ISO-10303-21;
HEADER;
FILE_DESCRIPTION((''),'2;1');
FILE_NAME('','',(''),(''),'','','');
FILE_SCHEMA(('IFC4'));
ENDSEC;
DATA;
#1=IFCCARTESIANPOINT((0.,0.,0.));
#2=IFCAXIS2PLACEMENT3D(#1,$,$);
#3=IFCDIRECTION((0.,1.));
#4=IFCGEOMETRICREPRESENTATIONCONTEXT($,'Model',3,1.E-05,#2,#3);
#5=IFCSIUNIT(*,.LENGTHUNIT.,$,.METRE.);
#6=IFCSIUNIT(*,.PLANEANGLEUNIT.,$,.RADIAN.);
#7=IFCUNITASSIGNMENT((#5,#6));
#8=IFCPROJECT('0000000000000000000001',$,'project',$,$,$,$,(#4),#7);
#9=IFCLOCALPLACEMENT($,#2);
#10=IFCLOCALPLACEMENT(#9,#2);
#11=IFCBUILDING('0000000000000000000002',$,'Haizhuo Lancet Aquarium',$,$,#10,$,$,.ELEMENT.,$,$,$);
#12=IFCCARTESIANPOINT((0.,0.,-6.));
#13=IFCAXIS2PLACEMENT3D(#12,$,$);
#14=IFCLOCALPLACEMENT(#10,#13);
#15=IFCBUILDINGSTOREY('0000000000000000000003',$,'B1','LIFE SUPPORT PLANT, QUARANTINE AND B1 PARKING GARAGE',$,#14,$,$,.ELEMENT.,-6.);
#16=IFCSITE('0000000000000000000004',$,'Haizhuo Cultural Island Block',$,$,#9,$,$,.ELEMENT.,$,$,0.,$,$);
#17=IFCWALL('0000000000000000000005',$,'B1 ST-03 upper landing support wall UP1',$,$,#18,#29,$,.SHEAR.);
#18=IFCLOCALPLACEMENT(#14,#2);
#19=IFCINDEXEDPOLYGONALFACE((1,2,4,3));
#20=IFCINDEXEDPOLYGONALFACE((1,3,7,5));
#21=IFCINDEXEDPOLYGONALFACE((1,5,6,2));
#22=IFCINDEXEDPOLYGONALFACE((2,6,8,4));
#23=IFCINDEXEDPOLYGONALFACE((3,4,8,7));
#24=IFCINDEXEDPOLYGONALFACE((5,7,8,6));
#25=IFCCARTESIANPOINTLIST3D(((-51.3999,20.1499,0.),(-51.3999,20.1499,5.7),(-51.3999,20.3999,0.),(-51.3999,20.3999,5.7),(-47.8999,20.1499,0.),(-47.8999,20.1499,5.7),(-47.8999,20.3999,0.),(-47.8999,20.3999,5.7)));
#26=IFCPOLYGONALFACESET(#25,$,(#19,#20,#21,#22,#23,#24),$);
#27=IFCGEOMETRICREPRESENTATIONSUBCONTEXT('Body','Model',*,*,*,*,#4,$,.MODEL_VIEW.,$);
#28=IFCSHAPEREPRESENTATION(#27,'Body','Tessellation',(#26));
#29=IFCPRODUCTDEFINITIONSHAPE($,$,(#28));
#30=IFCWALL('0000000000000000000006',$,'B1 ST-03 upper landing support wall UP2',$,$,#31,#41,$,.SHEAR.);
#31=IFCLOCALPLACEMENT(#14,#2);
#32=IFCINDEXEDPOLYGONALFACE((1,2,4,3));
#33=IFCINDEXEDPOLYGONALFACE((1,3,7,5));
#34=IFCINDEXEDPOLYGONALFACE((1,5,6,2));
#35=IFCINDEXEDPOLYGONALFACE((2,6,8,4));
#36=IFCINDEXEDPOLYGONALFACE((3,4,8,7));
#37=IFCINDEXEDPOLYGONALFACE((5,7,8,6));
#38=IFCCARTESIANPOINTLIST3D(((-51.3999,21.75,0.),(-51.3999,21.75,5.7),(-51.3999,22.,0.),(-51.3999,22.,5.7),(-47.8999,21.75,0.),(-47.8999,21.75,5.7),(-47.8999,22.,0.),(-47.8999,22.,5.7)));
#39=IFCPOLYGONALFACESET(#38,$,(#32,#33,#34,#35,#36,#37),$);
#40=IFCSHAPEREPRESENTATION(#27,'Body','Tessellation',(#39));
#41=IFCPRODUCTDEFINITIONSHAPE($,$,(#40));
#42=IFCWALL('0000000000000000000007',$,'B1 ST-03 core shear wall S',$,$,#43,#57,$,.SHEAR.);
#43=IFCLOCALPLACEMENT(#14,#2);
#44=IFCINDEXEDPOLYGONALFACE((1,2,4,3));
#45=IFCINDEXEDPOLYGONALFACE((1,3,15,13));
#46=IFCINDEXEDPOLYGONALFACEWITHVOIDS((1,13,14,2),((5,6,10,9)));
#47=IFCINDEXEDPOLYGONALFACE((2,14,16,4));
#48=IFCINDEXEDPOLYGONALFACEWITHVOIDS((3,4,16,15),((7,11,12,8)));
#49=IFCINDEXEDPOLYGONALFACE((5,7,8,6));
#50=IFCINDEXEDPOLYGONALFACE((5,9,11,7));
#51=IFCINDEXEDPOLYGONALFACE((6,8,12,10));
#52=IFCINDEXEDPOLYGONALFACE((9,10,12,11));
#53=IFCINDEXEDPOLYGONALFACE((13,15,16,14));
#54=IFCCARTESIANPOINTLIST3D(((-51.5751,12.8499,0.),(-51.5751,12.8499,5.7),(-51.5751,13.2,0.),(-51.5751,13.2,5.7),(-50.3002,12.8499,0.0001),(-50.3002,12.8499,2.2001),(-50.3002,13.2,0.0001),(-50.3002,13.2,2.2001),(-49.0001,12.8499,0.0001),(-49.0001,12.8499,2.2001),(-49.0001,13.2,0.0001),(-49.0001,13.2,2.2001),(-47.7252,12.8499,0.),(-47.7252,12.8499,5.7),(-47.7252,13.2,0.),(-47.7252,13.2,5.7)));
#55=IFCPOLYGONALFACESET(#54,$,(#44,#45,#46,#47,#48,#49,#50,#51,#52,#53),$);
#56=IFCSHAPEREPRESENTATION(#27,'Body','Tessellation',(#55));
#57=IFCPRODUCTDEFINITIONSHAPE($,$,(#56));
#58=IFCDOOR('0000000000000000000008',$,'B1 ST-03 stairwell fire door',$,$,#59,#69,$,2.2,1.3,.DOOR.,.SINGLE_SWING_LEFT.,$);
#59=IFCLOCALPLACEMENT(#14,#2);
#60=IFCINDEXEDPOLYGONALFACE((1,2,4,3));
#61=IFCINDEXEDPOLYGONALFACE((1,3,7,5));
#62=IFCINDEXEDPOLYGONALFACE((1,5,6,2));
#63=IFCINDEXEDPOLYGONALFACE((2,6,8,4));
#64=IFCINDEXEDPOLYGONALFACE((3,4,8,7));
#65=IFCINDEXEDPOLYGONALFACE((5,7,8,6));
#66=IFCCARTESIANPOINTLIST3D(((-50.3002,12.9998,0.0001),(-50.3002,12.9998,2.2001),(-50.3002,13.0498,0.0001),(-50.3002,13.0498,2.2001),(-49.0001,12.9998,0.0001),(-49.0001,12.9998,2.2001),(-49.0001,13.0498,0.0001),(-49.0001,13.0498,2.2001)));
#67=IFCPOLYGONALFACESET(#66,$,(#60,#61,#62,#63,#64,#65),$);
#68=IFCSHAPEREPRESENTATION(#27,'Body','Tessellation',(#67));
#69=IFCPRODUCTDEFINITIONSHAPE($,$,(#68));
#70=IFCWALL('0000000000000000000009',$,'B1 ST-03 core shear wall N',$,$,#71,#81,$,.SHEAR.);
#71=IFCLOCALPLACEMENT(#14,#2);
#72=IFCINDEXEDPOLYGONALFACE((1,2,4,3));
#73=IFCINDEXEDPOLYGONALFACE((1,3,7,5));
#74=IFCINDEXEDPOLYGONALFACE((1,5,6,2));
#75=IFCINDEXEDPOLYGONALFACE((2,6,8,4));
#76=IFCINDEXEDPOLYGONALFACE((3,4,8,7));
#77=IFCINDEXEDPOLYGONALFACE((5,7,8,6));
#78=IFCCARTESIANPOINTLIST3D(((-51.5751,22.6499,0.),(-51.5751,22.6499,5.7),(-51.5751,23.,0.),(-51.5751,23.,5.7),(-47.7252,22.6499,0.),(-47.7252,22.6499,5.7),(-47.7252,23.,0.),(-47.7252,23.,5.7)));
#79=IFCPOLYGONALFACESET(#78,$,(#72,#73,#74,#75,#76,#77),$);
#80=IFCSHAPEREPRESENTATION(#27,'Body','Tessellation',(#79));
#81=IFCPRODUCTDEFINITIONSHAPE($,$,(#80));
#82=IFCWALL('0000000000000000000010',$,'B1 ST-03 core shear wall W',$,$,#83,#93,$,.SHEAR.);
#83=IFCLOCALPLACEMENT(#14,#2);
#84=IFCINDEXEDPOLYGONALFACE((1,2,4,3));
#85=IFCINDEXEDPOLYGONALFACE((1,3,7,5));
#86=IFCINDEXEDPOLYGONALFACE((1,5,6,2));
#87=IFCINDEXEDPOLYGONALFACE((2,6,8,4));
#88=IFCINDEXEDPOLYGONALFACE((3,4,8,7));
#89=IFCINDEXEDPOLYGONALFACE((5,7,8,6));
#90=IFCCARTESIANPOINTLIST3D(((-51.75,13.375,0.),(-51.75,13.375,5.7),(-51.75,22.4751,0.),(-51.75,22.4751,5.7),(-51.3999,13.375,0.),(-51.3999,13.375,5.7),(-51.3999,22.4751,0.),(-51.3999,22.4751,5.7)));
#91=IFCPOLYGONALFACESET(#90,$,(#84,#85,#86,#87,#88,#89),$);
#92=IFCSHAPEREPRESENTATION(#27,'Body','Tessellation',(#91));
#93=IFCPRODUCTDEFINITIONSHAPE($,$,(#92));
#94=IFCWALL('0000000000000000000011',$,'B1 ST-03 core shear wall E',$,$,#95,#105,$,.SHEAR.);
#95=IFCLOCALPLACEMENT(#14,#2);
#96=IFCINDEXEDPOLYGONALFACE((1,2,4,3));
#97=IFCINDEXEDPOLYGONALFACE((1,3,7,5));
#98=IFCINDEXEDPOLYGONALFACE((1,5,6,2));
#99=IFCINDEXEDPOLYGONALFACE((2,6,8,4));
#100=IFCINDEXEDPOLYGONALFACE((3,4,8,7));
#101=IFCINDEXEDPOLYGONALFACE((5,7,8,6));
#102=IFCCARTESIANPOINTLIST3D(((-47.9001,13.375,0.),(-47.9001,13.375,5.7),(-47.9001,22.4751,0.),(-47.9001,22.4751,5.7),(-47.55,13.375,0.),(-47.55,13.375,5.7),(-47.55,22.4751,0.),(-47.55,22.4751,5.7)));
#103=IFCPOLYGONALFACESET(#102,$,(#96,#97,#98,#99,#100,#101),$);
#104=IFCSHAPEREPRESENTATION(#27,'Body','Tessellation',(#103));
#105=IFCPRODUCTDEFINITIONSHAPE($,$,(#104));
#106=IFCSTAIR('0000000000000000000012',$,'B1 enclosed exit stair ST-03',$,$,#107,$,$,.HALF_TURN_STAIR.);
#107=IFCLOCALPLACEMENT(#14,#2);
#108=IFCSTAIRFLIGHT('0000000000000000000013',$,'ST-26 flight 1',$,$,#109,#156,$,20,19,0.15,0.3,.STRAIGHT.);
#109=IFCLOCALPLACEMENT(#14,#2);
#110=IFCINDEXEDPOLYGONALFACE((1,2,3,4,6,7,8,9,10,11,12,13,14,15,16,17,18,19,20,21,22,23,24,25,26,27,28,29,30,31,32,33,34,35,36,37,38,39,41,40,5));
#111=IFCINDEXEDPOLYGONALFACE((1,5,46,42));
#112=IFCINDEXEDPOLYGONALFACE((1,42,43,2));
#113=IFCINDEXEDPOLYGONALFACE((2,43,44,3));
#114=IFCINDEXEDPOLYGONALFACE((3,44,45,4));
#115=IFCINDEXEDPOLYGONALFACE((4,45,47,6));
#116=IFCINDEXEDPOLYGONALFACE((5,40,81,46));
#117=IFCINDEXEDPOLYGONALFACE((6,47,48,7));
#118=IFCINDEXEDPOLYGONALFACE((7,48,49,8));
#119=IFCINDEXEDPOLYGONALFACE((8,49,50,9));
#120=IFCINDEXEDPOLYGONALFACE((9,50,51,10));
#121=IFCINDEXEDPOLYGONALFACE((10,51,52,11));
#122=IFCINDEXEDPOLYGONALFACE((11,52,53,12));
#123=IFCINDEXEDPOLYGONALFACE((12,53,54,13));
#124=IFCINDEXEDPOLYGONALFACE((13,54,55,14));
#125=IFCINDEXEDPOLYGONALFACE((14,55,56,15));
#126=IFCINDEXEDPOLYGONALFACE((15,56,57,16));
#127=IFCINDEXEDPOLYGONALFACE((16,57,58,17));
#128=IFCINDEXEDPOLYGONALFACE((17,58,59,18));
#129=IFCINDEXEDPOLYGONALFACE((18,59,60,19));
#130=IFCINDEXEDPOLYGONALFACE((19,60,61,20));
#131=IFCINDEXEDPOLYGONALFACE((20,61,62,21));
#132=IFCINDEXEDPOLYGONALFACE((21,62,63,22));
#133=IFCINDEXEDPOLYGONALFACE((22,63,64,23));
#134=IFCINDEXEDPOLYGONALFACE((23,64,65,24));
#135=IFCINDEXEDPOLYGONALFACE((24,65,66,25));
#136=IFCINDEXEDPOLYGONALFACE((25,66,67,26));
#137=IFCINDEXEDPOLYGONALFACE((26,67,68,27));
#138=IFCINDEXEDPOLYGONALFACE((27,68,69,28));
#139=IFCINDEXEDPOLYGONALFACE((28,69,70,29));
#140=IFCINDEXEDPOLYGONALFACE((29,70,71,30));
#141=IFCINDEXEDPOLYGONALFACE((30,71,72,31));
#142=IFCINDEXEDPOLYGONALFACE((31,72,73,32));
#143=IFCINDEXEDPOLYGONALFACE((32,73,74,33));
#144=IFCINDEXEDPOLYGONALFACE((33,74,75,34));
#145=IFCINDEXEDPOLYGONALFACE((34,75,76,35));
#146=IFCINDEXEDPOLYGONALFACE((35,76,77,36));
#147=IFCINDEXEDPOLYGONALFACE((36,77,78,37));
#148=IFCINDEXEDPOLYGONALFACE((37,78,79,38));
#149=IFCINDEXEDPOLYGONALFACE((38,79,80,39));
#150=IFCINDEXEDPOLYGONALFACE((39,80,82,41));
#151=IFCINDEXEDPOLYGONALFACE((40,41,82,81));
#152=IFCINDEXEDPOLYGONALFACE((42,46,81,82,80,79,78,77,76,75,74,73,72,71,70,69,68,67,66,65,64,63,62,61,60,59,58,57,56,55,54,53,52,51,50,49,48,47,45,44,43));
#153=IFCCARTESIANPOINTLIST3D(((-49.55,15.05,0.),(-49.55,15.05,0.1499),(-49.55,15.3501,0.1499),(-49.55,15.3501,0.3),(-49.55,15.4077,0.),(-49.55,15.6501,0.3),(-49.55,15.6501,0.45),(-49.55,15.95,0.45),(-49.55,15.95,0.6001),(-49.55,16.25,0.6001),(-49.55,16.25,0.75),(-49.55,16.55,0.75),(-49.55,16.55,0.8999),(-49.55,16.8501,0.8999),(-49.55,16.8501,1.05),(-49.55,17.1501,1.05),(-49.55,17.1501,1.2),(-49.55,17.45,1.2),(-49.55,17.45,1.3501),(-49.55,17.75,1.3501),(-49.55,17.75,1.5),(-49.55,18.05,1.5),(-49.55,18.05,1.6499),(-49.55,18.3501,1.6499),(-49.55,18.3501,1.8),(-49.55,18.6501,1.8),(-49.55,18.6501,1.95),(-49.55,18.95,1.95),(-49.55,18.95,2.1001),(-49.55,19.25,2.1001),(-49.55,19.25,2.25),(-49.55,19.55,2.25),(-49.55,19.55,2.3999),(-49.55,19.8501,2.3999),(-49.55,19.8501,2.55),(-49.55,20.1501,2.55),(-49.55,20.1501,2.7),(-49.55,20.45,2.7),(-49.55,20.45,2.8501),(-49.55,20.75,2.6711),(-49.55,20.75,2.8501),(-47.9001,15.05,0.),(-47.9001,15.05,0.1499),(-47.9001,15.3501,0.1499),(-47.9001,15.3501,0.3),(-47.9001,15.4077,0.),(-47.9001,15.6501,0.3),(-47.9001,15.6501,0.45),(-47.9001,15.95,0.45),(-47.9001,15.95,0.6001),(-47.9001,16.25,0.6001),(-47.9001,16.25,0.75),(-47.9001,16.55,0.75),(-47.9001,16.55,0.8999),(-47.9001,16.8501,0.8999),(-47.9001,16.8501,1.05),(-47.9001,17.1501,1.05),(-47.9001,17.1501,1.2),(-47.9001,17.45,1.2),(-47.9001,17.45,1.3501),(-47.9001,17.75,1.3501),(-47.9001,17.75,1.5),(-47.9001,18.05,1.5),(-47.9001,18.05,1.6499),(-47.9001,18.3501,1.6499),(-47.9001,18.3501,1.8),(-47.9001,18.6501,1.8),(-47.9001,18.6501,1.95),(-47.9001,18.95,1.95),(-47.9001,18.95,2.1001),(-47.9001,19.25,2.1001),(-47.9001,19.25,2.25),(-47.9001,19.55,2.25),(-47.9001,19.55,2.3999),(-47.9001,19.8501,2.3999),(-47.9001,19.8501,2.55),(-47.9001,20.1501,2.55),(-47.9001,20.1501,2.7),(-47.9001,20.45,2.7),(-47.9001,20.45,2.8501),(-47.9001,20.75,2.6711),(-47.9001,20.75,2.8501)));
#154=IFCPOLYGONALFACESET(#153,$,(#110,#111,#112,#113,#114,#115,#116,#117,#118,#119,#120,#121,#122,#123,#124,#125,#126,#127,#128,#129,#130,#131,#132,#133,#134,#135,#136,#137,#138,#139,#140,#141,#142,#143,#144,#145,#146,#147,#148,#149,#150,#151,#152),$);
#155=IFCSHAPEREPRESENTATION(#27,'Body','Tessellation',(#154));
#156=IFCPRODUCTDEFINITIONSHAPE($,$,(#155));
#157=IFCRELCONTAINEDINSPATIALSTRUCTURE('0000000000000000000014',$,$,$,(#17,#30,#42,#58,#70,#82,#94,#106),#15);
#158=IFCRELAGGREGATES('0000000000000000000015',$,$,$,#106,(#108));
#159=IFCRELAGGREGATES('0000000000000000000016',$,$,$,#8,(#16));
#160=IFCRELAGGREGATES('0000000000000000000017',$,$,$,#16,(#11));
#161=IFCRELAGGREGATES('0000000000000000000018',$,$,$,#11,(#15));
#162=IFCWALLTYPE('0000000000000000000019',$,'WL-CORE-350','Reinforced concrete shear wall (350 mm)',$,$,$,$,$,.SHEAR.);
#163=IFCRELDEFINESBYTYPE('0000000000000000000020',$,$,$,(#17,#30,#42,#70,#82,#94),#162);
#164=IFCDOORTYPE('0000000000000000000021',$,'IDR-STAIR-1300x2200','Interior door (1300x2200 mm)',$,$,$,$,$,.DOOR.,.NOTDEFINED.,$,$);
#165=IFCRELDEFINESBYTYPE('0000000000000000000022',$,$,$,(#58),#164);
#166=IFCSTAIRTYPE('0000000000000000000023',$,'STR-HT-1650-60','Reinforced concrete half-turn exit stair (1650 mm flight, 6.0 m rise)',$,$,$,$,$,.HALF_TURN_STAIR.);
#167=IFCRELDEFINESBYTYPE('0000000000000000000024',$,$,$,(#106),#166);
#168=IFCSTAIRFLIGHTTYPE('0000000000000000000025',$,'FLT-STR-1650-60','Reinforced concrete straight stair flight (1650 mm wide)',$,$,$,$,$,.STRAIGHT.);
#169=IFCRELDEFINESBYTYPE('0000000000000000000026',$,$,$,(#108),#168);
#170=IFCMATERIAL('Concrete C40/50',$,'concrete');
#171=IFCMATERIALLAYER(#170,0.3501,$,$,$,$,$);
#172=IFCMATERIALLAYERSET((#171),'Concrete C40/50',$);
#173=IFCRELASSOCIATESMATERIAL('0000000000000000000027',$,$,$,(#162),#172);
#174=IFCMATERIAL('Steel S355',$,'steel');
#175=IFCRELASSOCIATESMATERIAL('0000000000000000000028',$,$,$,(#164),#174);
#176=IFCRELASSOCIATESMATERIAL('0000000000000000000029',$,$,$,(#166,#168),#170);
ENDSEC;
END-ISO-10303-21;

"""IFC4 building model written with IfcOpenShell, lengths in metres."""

from ifc_helpers import new_model, si_unit, direction, frame, frame_2d, origin, place, context, subcontext, project, spatial, polyline, rectangle, outline, extrude, material, layer, layer_set, type_object, element, fill, aggregate, save


model = new_model("IFC4")

# Units and contexts
model_context = context("Model", 3, precision=1e-05, world=origin(), true_north=direction((0.0, 1.0)))
body_context = subcontext(model_context, "Body", "Model", "MODEL_VIEW")
ifc_project = project(units=[si_unit("LENGTHUNIT", "METRE"), si_unit("PLANEANGLEUNIT", "RADIAN")], contexts=[model_context])

# Site, building, storey
site_placement = place(None, origin())
site = spatial("IfcSite", under=ifc_project, at=site_placement, Name="Haizhuo Cultural Island Block", CompositionType="ELEMENT", RefElevation=0.0)
building_placement = place(site_placement, origin())
building = spatial("IfcBuilding", under=site, at=building_placement, Name="Haizhuo Lancet Aquarium", CompositionType="ELEMENT")
storey_placement = place(building_placement, frame((0.0, 0.0, -6.0)))
storey = spatial("IfcBuildingStorey", under=building, at=storey_placement, Name="B1", Description="LIFE SUPPORT PLANT, QUARANTINE AND B1 PARKING GARAGE", CompositionType="ELEMENT", Elevation=-6.0)

# Shared definitions
ifc_material_1 = material(Name="Concrete C40/50", Category="concrete")

# Shared definitions
ifc_material_2 = material(Name="Steel S355", Category="steel")

# Walls
ifc_layer_1 = layer(ifc_material_1, 0.3501)
ifc_layer_set_1 = layer_set([ifc_layer_1], Name="Concrete C40/50")
wall_type_1 = type_object("IfcWallType", Name="WL-CORE-350", Description="Reinforced concrete shear wall (350 mm)", PredefinedType="SHEAR", material=ifc_layer_set_1)
for number, where, z_axis, x_axis, name in (
    (1, (-51.3999, 20.2749, 0.0), (0.0, 0.0, 1.0), (1.0, 0.0, 0.0), "B1 ST-03 upper landing support wall UP1"),
    (2, (-51.3999, 21.875, 0.0), (0.0, 0.0, 1.0), (1.0, 0.0, 0.0), "B1 ST-03 upper landing support wall UP2"),
):
    element("IfcWall", number, at=place(storey_placement, frame(where, z_axis=z_axis, x_axis=x_axis)), inside=storey, type_object=wall_type_1, Name=name, PredefinedType="SHEAR", context=body_context, shape_type="SweptSolid", body=[
        extrude(rectangle(XDim=3.5, YDim=0.25, at=frame_2d((1.75, 0.0))), origin(), (0.0, 0.0, 1.0), 5.7),
    ])

# Wall, opening, door
wall_1_placement = place(storey_placement, frame((-51.575, 13.0249, 0.0), z_axis=(0.0, 0.0, 1.0), x_axis=(1.0, 0.0, 0.0)))
wall_1 = element("IfcWall", 3, at=wall_1_placement, inside=storey, type_object=wall_type_1, Name="B1 ST-03 core shear wall S", PredefinedType="SHEAR", context=body_context, shape_type="SweptSolid", body=[
    extrude(rectangle(XDim=3.8499, YDim=0.3501, at=frame_2d((1.9248, 0.0))), origin(), (0.0, 0.0, 1.0), 5.7),
])
opening_placement = place(wall_1_placement, frame((1.2749, 0.0, 0.0)))
opening = element("IfcOpeningElement", 4, at=opening_placement, cuts=wall_1, PredefinedType="OPENING", context=body_context, shape_type="SweptSolid", body=[
    extrude(rectangle(XDim=1.3, YDim=2.2, at=frame_2d((0.6499, 1.1001))), frame((0.0, 0.1851, 0.0), z_axis=(0.0, -1.0, 0.0), x_axis=(1.0, 0.0, 0.0)), (0.0, 0.0, 1.0), 0.3701),
])
door_type = type_object("IfcDoorType", Name="IDR-STAIR-1300x2200", Description="Interior door (1300x2200 mm)", OperationType="NOTDEFINED", PredefinedType="DOOR", material=ifc_material_2)
door_placement = place(opening_placement, origin())
door = element("IfcDoor", 5, at=door_placement, inside=storey, type_object=door_type, Name="B1 ST-03 stairwell fire door", OperationType="SINGLE_SWING_LEFT", OverallHeight=2.2, OverallWidth=1.3, PredefinedType="DOOR", context=body_context, shape_type="SweptSolid", body=[
    extrude(rectangle(XDim=1.3, YDim=2.2, at=frame_2d((0.6499, 1.1001))), frame((0.0, 0.0249, 0.0), z_axis=(0.0, -1.0, 0.0), x_axis=(1.0, 0.0, 0.0)), (0.0, 0.0, 1.0), 0.05),
])
fill(opening, door)

# Walls
wall_2_placement = place(storey_placement, frame((-51.575, 22.825, 0.0), z_axis=(0.0, 0.0, 1.0), x_axis=(1.0, 0.0, 0.0)))
element("IfcWall", 6, at=wall_2_placement, inside=storey, type_object=wall_type_1, Name="B1 ST-03 core shear wall N", PredefinedType="SHEAR", context=body_context, shape_type="SweptSolid", body=[
    extrude(rectangle(XDim=3.8499, YDim=0.3501, at=frame_2d((1.9248, 0.0))), origin(), (0.0, 0.0, 1.0), 5.7),
])
for number, where, z_axis, x_axis, name in (
    (7, (-51.575, 13.375, 0.0), (0.0, 0.0, 1.0), (0.0, 1.0, 0.0), "B1 ST-03 core shear wall W"),
    (8, (-47.7251, 13.375, 0.0), (0.0, 0.0, 1.0), (0.0, 1.0, 0.0), "B1 ST-03 core shear wall E"),
):
    element("IfcWall", number, at=place(storey_placement, frame(where, z_axis=z_axis, x_axis=x_axis)), inside=storey, type_object=wall_type_1, Name=name, PredefinedType="SHEAR", context=body_context, shape_type="SweptSolid", body=[
        extrude(rectangle(XDim=9.1001, YDim=0.3501, at=frame_2d((4.55, 0.0))), origin(), (0.0, 0.0, 1.0), 5.7),
    ])

# Stair, stair flight
stair_type = type_object("IfcStairType", Name="STR-HT-1650-60", Description="Reinforced concrete half-turn exit stair (1650 mm flight, 6.0 m rise)", PredefinedType="HALF_TURN_STAIR", material=ifc_material_1)
stair_placement = place(storey_placement, origin())
stair = element("IfcStair", 9, at=stair_placement, inside=storey, type_object=stair_type, Name="B1 enclosed exit stair ST-03", PredefinedType="HALF_TURN_STAIR")
stair_flight_type = type_object("IfcStairFlightType", Name="FLT-STR-1650-60", Description="Reinforced concrete straight stair flight (1650 mm wide)", PredefinedType="STRAIGHT", material=ifc_material_1)
stair_flight_1_placement = place(storey_placement, frame((-48.7251, 15.05, 0.0), z_axis=(0.0, 0.0, 1.0), x_axis=(0.0, 1.0, 0.0)))
stair_flight_1 = element("IfcStairFlight", 10, at=stair_flight_1_placement, type_object=stair_flight_type, Name="ST-26 flight 1", NumberOfRisers=20, NumberOfTreads=19, PredefinedType="STRAIGHT", RiserHeight=0.15, TreadLength=0.3, context=body_context, shape_type="SweptSolid", body=[
    extrude(outline(polyline([(0.0, 0.0), (0.0, 0.1499), (0.3, 0.1499), (0.3, 0.3), (0.6001, 0.3), (0.6001, 0.45), (0.8999, 0.45), (0.8999, 0.6001), (1.2, 0.6001), (1.2, 0.75), (1.5, 0.75), (1.5, 0.8999), (1.8, 0.8999), (1.8, 1.05), (2.1001, 1.05), (2.1001, 1.2), (2.3999, 1.2), (2.3999, 1.3501), (2.7, 1.3501), (2.7, 1.5), (3.0, 1.5), (3.0, 1.6499), (3.3, 1.6499), (3.3, 1.8), (3.6001, 1.8), (3.6001, 1.95), (3.8999, 1.95), (3.8999, 2.1001), (4.2, 2.1001), (4.2, 2.25), (4.5, 2.25), (4.5, 2.3999), (4.8, 2.3999), (4.8, 2.55), (5.1001, 2.55), (5.1001, 2.7), (5.3999, 2.7), (5.3999, 2.8501), (5.7, 2.8501), (5.7, 3.0), (5.7, 2.6711), (0.3577, 0.0), (0.0, 0.0)])), frame((0.0, 0.825, 0.0), z_axis=(0.0, -1.0, 0.0), x_axis=(1.0, 0.0, 0.0)), (0.0, 0.0, 1.0), 1.6499),
])
aggregate(stair, [stair_flight_1])

save(model, "model.ifc")
